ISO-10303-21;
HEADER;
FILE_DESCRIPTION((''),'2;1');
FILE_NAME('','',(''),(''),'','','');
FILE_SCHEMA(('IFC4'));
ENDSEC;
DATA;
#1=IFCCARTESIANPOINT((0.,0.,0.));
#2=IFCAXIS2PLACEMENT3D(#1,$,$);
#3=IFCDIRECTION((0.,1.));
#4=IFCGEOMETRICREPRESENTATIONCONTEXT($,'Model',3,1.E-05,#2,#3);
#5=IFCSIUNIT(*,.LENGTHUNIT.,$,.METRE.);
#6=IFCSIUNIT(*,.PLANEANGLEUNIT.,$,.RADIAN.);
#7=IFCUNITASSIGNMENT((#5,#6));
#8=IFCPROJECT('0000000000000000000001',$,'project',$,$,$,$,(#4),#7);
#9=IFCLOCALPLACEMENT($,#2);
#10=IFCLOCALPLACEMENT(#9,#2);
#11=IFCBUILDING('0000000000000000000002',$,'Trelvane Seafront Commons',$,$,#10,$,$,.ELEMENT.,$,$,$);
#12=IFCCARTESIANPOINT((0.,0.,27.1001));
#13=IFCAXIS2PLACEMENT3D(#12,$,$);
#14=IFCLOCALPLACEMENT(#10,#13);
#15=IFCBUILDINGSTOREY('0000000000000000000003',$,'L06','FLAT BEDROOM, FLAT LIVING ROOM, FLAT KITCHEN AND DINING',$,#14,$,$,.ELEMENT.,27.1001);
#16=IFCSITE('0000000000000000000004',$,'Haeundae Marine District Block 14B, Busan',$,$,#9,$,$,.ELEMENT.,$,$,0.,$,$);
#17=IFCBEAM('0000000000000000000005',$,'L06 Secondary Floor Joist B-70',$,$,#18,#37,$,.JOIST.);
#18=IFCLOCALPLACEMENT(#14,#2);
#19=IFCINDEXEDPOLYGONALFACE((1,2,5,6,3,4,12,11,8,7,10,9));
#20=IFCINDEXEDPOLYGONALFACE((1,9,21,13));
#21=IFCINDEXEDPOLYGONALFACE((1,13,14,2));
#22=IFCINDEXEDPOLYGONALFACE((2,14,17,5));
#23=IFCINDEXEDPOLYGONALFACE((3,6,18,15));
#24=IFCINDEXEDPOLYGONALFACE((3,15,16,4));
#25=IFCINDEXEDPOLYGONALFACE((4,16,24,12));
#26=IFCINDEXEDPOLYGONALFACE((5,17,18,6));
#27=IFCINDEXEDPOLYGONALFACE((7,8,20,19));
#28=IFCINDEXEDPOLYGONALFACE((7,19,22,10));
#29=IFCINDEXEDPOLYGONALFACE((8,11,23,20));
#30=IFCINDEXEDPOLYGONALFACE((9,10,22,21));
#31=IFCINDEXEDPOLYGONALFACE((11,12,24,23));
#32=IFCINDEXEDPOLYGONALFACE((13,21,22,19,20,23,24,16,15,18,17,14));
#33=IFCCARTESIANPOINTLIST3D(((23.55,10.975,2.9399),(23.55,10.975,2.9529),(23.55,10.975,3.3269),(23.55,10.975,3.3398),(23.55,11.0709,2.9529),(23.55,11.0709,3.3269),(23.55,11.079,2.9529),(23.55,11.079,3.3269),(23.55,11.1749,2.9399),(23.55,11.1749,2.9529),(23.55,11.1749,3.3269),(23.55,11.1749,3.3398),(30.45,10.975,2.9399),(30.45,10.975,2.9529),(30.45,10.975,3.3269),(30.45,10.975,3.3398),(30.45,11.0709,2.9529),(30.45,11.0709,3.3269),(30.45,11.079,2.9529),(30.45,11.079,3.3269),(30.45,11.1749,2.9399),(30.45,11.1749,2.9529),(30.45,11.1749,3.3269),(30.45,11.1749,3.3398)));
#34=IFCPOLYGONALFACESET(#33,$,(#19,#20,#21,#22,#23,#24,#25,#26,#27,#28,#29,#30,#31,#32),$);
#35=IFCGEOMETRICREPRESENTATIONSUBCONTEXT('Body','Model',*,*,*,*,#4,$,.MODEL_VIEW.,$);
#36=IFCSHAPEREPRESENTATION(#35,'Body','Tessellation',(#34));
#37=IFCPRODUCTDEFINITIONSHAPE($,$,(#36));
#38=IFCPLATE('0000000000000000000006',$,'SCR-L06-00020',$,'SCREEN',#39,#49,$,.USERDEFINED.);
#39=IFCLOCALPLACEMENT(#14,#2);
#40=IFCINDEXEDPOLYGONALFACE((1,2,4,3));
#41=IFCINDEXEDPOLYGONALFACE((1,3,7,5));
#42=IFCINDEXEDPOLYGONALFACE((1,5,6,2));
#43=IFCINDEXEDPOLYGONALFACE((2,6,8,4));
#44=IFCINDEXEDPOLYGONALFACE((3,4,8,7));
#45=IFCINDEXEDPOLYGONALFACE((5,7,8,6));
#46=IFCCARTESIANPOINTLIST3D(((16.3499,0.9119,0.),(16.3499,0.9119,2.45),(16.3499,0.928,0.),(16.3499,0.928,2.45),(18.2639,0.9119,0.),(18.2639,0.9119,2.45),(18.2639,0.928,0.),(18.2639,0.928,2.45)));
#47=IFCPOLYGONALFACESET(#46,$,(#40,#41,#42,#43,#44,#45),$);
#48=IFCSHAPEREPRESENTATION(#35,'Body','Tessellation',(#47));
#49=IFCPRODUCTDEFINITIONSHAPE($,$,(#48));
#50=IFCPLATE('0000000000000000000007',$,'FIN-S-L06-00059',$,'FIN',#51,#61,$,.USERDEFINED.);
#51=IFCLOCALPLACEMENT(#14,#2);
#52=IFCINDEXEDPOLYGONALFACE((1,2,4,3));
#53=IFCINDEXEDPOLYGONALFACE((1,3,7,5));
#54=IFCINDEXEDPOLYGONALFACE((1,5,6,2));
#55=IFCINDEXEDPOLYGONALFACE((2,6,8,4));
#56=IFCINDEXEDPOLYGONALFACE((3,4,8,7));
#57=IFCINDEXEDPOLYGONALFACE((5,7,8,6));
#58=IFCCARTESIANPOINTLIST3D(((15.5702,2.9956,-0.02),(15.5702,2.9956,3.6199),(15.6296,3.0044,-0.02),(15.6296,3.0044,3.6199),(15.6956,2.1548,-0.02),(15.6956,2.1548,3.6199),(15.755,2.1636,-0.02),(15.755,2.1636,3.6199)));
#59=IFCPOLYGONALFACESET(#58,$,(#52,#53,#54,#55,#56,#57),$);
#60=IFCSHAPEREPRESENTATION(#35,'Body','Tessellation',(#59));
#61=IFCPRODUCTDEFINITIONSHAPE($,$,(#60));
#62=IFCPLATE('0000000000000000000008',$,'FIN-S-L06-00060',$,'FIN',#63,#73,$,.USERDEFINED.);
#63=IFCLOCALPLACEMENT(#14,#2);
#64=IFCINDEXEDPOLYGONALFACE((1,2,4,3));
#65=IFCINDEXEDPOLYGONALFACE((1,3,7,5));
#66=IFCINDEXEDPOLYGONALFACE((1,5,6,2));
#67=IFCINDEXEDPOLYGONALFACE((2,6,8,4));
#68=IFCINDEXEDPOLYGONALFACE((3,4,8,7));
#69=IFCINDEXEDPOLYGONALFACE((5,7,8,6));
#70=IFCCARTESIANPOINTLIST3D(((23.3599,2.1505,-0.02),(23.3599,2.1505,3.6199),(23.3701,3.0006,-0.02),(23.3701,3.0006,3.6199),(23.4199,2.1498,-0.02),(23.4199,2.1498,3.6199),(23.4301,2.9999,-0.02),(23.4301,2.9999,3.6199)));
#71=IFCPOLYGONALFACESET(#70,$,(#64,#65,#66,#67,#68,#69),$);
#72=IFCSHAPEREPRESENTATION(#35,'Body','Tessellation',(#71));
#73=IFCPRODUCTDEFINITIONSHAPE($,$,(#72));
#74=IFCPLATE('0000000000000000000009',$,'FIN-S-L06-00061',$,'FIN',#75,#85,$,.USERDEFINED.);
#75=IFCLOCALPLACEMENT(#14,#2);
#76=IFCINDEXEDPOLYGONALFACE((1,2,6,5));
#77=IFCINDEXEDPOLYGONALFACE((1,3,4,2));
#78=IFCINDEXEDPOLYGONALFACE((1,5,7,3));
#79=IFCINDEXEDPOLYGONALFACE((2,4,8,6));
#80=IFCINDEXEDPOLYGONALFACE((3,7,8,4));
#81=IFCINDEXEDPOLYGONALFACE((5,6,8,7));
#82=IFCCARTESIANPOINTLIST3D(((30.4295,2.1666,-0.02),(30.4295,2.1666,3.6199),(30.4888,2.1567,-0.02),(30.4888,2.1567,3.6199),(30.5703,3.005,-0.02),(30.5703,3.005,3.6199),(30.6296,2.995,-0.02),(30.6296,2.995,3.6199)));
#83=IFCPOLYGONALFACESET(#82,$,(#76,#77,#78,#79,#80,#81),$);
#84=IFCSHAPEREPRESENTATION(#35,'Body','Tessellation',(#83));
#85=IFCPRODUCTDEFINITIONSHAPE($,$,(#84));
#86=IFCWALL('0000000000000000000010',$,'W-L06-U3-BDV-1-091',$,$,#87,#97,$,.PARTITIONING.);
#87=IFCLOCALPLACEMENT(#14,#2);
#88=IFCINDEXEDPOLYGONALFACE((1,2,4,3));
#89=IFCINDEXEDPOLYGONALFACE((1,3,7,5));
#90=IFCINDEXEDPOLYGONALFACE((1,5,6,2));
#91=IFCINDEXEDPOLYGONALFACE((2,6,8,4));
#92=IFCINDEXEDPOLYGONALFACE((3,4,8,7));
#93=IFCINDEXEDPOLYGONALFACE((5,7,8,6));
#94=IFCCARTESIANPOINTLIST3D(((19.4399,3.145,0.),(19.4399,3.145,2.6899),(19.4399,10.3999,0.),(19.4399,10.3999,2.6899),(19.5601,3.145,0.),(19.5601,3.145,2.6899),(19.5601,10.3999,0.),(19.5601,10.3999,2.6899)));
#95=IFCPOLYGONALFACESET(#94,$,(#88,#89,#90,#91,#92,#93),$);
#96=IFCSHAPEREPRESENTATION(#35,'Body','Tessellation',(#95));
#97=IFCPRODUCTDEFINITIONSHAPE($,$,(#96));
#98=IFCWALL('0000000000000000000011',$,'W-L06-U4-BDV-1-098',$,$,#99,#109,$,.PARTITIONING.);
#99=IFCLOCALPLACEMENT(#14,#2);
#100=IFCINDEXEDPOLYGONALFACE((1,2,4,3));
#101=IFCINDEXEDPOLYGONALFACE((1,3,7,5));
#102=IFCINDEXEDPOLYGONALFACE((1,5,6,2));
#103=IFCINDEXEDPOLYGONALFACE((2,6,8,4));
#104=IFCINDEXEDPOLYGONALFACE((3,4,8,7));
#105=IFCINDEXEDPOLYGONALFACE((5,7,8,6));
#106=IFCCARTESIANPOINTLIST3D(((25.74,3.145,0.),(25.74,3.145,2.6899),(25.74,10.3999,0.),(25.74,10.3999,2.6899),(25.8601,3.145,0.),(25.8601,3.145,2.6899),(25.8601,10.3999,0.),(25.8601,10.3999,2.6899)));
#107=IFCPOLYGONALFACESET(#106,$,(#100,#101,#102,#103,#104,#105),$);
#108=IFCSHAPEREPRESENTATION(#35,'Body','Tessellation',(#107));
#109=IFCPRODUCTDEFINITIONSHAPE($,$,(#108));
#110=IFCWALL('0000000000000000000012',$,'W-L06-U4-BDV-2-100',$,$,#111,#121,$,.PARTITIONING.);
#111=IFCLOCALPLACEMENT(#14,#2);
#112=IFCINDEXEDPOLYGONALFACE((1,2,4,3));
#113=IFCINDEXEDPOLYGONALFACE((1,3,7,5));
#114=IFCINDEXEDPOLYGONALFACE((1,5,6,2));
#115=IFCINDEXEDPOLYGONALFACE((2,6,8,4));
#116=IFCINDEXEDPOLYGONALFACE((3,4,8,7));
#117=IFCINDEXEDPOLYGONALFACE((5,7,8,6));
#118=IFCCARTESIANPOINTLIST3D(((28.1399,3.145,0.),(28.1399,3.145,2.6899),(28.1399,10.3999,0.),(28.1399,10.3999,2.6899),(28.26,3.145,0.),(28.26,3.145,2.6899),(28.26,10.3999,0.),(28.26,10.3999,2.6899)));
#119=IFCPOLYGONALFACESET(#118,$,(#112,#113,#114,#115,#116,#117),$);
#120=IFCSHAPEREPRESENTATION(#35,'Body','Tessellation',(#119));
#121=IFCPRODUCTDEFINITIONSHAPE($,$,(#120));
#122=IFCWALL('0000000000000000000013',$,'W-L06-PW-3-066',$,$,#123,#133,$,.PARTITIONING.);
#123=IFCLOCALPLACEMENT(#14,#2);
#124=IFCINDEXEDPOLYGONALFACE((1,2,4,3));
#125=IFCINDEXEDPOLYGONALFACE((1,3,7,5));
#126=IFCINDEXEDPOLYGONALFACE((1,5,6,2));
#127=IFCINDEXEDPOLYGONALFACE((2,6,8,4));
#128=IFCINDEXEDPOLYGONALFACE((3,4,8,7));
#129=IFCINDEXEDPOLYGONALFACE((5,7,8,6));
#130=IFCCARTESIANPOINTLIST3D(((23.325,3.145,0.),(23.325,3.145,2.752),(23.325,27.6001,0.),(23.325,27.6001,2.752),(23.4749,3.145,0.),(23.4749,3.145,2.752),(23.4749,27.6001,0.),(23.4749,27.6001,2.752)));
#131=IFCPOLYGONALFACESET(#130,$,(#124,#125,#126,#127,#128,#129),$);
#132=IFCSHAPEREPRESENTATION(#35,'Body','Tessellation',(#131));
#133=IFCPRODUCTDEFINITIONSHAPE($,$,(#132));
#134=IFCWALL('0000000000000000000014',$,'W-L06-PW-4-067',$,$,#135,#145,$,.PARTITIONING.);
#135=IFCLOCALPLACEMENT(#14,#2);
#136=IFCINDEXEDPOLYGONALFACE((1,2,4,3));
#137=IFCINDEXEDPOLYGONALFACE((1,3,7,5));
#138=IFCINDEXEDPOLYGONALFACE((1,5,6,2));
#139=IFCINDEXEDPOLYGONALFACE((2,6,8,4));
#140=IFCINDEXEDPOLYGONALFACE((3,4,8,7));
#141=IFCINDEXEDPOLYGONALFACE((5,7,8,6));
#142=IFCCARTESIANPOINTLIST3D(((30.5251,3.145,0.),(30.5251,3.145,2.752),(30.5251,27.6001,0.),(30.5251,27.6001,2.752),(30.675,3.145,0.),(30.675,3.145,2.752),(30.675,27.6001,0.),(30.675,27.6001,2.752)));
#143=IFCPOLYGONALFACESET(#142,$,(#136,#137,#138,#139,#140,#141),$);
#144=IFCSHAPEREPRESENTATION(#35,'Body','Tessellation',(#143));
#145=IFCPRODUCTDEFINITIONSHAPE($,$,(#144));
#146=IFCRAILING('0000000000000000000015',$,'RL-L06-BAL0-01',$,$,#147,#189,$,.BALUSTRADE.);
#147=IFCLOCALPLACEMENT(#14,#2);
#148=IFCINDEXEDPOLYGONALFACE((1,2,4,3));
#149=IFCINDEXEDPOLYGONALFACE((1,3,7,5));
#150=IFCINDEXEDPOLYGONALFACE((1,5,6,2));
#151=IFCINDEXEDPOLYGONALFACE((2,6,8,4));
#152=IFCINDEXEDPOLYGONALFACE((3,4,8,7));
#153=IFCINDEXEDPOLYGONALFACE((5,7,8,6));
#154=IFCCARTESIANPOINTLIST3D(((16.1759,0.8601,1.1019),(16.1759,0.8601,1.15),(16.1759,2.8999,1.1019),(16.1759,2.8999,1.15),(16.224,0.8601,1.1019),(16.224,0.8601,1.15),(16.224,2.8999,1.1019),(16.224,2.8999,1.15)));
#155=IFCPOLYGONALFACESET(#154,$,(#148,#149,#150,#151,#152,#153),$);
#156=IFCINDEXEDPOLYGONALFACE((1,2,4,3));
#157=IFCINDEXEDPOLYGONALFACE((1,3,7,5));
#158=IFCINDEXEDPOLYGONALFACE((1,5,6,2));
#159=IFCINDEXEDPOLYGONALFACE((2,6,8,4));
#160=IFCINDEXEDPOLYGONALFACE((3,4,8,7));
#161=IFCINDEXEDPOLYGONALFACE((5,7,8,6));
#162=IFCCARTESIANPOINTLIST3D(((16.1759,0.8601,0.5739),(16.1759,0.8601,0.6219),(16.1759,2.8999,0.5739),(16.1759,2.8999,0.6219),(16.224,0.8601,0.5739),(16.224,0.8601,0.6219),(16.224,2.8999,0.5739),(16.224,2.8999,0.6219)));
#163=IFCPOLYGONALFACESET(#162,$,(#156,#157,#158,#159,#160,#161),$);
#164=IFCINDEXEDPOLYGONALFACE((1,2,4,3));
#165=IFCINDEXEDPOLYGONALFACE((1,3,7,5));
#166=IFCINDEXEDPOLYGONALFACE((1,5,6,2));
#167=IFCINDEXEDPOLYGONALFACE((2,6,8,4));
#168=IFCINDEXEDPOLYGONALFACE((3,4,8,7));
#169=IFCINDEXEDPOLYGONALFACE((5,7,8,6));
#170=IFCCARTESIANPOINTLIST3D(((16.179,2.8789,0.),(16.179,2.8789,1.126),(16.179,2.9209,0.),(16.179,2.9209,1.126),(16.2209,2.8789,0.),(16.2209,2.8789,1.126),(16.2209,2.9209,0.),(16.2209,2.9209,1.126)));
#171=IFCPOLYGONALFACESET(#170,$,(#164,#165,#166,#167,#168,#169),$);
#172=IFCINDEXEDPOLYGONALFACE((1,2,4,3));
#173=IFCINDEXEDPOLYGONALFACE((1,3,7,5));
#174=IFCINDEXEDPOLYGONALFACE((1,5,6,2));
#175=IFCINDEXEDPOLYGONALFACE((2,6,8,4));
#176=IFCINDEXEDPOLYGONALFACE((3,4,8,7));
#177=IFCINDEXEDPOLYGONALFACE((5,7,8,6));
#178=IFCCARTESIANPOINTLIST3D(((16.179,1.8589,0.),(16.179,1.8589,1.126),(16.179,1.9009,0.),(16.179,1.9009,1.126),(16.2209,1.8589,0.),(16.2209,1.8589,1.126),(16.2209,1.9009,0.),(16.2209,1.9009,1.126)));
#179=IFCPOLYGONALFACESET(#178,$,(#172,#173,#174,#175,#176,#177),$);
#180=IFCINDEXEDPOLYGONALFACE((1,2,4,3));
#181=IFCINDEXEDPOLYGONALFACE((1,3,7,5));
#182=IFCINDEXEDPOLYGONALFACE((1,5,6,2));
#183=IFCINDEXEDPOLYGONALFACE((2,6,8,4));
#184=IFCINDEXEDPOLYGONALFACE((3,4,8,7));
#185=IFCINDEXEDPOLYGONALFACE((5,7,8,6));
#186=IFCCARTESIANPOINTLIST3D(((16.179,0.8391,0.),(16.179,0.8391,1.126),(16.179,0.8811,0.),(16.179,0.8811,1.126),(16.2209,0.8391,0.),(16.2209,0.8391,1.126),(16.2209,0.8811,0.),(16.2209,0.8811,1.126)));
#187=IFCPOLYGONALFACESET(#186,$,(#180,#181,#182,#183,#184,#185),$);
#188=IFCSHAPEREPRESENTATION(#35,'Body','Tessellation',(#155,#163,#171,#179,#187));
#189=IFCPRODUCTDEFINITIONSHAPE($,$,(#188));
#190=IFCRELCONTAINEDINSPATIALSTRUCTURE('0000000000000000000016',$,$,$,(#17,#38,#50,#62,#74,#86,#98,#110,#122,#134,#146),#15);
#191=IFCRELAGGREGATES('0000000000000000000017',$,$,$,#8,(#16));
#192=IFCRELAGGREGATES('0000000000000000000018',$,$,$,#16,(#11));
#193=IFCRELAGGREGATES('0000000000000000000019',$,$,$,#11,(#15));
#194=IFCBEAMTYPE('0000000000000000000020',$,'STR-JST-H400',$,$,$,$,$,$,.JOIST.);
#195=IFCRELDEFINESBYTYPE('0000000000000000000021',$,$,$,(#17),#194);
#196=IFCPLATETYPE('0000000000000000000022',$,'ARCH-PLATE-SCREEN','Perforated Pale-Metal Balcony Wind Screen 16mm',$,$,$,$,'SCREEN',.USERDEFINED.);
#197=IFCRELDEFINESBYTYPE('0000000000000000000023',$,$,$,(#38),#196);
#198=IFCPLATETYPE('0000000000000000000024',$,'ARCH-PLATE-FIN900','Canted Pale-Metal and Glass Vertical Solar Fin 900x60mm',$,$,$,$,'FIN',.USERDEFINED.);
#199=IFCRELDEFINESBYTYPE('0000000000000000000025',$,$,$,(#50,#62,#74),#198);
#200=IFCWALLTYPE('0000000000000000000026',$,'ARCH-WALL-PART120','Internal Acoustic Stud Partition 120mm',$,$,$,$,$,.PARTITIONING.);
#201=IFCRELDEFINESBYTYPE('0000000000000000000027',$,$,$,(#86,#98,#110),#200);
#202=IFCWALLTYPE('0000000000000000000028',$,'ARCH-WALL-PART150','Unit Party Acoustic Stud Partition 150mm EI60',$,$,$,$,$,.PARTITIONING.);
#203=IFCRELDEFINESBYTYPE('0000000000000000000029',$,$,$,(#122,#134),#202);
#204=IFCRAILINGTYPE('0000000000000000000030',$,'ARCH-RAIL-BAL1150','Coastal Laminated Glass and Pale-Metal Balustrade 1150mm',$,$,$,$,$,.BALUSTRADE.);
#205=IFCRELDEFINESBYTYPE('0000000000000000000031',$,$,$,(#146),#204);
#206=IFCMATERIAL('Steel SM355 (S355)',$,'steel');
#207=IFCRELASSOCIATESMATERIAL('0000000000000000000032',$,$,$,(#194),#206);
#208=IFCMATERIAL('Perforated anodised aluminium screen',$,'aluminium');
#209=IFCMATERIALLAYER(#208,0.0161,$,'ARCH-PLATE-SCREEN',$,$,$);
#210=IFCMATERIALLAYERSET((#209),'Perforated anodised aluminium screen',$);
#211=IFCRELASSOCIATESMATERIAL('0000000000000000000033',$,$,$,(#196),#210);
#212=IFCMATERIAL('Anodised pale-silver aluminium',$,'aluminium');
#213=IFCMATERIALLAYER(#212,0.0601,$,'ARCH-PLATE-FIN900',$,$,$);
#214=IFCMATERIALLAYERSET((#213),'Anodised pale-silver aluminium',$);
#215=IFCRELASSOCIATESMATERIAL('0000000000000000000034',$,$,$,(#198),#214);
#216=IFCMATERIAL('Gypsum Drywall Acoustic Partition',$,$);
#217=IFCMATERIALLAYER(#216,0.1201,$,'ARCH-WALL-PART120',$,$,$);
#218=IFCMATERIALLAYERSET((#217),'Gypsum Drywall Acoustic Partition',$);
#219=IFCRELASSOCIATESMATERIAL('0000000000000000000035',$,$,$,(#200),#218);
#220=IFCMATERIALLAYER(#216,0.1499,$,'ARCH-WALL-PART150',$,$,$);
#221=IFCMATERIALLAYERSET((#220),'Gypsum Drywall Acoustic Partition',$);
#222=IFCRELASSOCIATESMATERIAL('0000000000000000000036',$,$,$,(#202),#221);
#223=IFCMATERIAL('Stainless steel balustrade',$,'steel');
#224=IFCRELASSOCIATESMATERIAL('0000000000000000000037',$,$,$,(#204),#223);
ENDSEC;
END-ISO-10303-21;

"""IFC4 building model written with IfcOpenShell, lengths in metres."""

from ifc_helpers import new_model, si_unit, direction, frame, frame_2d, origin, origin_2d, place, context, subcontext, project, spatial, rectangle, i_section, extrude, source, transform, mapped, material, layer, layer_set, material_profile, profile_set, type_object, element, save


model = new_model("IFC4")

# Units and contexts
model_context = context("Model", 3, precision=1e-05, world=origin(), true_north=direction((0.0, 1.0)))
body_context = subcontext(model_context, "Body", "Model", "MODEL_VIEW")
ifc_project = project(units=[si_unit("LENGTHUNIT", "METRE"), si_unit("PLANEANGLEUNIT", "RADIAN")], contexts=[model_context])

# Site, building, storey
site_placement = place(None, origin())
site = spatial("IfcSite", under=ifc_project, at=site_placement, Name="Haeundae Marine District Block 14B, Busan", CompositionType="ELEMENT", RefElevation=0.0)
building_placement = place(site_placement, origin())
building = spatial("IfcBuilding", under=site, at=building_placement, Name="Trelvane Seafront Commons", CompositionType="ELEMENT")
storey_placement = place(building_placement, frame((0.0, 0.0, 27.1001)))
storey = spatial("IfcBuildingStorey", under=building, at=storey_placement, Name="L06", Description="FLAT BEDROOM, FLAT LIVING ROOM, FLAT KITCHEN AND DINING", CompositionType="ELEMENT", Elevation=27.1001)

# Shared definitions
ifc_material_1 = material(Name="Steel SM355 (S355)", Category="steel")

# Beam
ifc_material_profile_1 = material_profile(ifc_material_1, i_section(OverallWidth=0.2, OverallDepth=0.3999, WebThickness=0.0081, FlangeThickness=0.0129, at=origin_2d()), Name="H-400x200x8x13")
ifc_profile_set_1 = profile_set([ifc_material_profile_1], Name="Steel SM355 (S355)")
beam_type_1 = type_object("IfcBeamType", Name="STR-JST-H400", PredefinedType="JOIST", material=ifc_profile_set_1)
shared_shape_1 = source(origin(), body_context, "Body", "SweptSolid", [
    extrude(i_section(OverallWidth=0.2, OverallDepth=0.3999, WebThickness=0.0081, FlangeThickness=0.0129, at=origin_2d()), origin(), (0.0, 0.0, 1.0), 6.8999),
])
beam_1_placement = place(storey_placement, frame((23.55, 11.075, 3.1399), z_axis=(1.0, 0.0, 0.0), x_axis=(0.0, 1.0, 0.0)))
element("IfcBeam", 1, at=beam_1_placement, inside=storey, type_object=beam_type_1, Name="L06 Secondary Floor Joist B-70", PredefinedType="JOIST", context=body_context, shape_type="MappedRepresentation", body=[
    mapped(shared_shape_1, transform((0.0, 0.0, 0.0), x_axis=(1.0, 0.0, 0.0), y_axis=(0.0, 1.0, 0.0), z_axis=(0.0, 0.0, 1.0), scale=1.0)),
])

# Plates
ifc_material_2 = material(Name="Perforated anodised aluminium screen", Category="aluminium")
ifc_layer_1 = layer(ifc_material_2, 0.0161, Name="ARCH-PLATE-SCREEN")
ifc_layer_set_1 = layer_set([ifc_layer_1], Name="Perforated anodised aluminium screen")
plate_type_1 = type_object("IfcPlateType", Name="ARCH-PLATE-SCREEN", Description="Perforated Pale-Metal Balcony Wind Screen 16mm", ElementType="SCREEN", PredefinedType="USERDEFINED", material=ifc_layer_set_1)
shared_shape_2 = source(origin(), body_context, "Body", "SweptSolid", [
    extrude(rectangle(XDim=1.9141, YDim=0.0161, at=origin_2d()), origin(), (0.0, 0.0, 1.0), 2.45),
])
plate_placement = place(storey_placement, frame((17.3069, 0.9199, 0.0), z_axis=(0.0, 0.0, 1.0), x_axis=(1.0, 0.0, 0.0)))
element("IfcPlate", 2, at=plate_placement, inside=storey, type_object=plate_type_1, Name="SCR-L06-00020", ObjectType="SCREEN", PredefinedType="USERDEFINED", context=body_context, shape_type="MappedRepresentation", body=[
    mapped(shared_shape_2, transform((0.0, 0.0, 0.0), x_axis=(1.0, 0.0, 0.0), y_axis=(0.0, 1.0, 0.0), z_axis=(0.0, 0.0, 1.0), scale=1.0)),
])
ifc_material_3 = material(Name="Anodised pale-silver aluminium", Category="aluminium")
ifc_layer_2 = layer(ifc_material_3, 0.0601, Name="ARCH-PLATE-FIN900")
ifc_layer_set_2 = layer_set([ifc_layer_2], Name="Anodised pale-silver aluminium")
plate_type_2 = type_object("IfcPlateType", Name="ARCH-PLATE-FIN900", Description="Canted Pale-Metal and Glass Vertical Solar Fin 900x60mm", ElementType="FIN", PredefinedType="USERDEFINED", material=ifc_layer_set_2)
shared_shape_3 = source(origin(), body_context, "Body", "SweptSolid", [
    extrude(rectangle(XDim=0.8501, YDim=0.0601, at=origin_2d()), origin(), (0.0, 0.0, 1.0), 3.6399),
])
for number, where, z_axis, x_axis, name in (
    (3, (15.6626, 2.5796, -0.02), (0.0, 0.0, 1.0), (0.14753, -0.989058, 0.0), "FIN-S-L06-00059"),
    (4, (23.395, 2.5752, -0.02), (0.0, 0.0, 1.0), (-0.012001, -0.999928, 0.0), "FIN-S-L06-00060"),
    (5, (30.5295, 2.5808, -0.02), (0.0, 0.0, 1.0), (-0.165638, -0.986187, 0.0), "FIN-S-L06-00061"),
):
    element("IfcPlate", number, at=place(storey_placement, frame(where, z_axis=z_axis, x_axis=x_axis)), inside=storey, type_object=plate_type_2, Name=name, ObjectType="FIN", PredefinedType="USERDEFINED", context=body_context, shape_type="MappedRepresentation", body=[
        mapped(shared_shape_3, transform((0.0, 0.0, 0.0), x_axis=(1.0, 0.0, 0.0), y_axis=(0.0, 1.0, 0.0), z_axis=(0.0, 0.0, 1.0), scale=1.0)),
    ])

# Shared definitions
ifc_material_4 = material(Name="Gypsum Drywall Acoustic Partition")
ifc_layer_3 = layer(ifc_material_4, 0.1201, Name="ARCH-WALL-PART120")
ifc_layer_set_3 = layer_set([ifc_layer_3], Name="Gypsum Drywall Acoustic Partition")
wall_type_1 = type_object("IfcWallType", Name="ARCH-WALL-PART120", Description="Internal Acoustic Stud Partition 120mm", PredefinedType="PARTITIONING", material=ifc_layer_set_3)

# Wall
wall_1_placement = place(storey_placement, frame((19.5, 3.145, 0.0), z_axis=(0.0, 0.0, 1.0), x_axis=(0.0, 1.0, 0.0)))
element("IfcWall", 6, at=wall_1_placement, inside=storey, type_object=wall_type_1, Name="W-L06-U3-BDV-1-091", PredefinedType="PARTITIONING", context=body_context, shape_type="SweptSolid", body=[
    extrude(rectangle(XDim=7.2549, YDim=0.1201, at=frame_2d((3.6274, 0.0))), origin(), (0.0, 0.0, 1.0), 2.6899),
])

# Wall
wall_2_placement = place(storey_placement, frame((25.8, 3.145, 0.0), z_axis=(0.0, 0.0, 1.0), x_axis=(0.0, 1.0, 0.0)))
element("IfcWall", 7, at=wall_2_placement, inside=storey, type_object=wall_type_1, Name="W-L06-U4-BDV-1-098", PredefinedType="PARTITIONING", context=body_context, shape_type="SweptSolid", body=[
    extrude(rectangle(XDim=7.2549, YDim=0.1201, at=frame_2d((3.6274, 0.0))), origin(), (0.0, 0.0, 1.0), 2.6899),
])

# Walls
wall_3_placement = place(storey_placement, frame((28.2, 3.145, 0.0), z_axis=(0.0, 0.0, 1.0), x_axis=(0.0, 1.0, 0.0)))
element("IfcWall", 8, at=wall_3_placement, inside=storey, type_object=wall_type_1, Name="W-L06-U4-BDV-2-100", PredefinedType="PARTITIONING", context=body_context, shape_type="SweptSolid", body=[
    extrude(rectangle(XDim=7.2549, YDim=0.1201, at=frame_2d((3.6274, 0.0))), origin(), (0.0, 0.0, 1.0), 2.6899),
])
ifc_layer_4 = layer(ifc_material_4, 0.1499, Name="ARCH-WALL-PART150")
ifc_layer_set_4 = layer_set([ifc_layer_4], Name="Gypsum Drywall Acoustic Partition")
wall_type_2 = type_object("IfcWallType", Name="ARCH-WALL-PART150", Description="Unit Party Acoustic Stud Partition 150mm EI60", PredefinedType="PARTITIONING", material=ifc_layer_set_4)
for number, where, z_axis, x_axis, name in (
    (9, (23.3999, 3.145, 0.0), (0.0, 0.0, 1.0), (0.0, 1.0, 0.0), "W-L06-PW-3-066"),
    (10, (30.6001, 3.145, 0.0), (0.0, 0.0, 1.0), (0.0, 1.0, 0.0), "W-L06-PW-4-067"),
):
    element("IfcWall", number, at=place(storey_placement, frame(where, z_axis=z_axis, x_axis=x_axis)), inside=storey, type_object=wall_type_2, Name=name, PredefinedType="PARTITIONING", context=body_context, shape_type="SweptSolid", body=[
        extrude(rectangle(XDim=24.4551, YDim=0.1499, at=frame_2d((12.2275, 0.0))), origin(), (0.0, 0.0, 1.0), 2.752),
    ])

# Railing
ifc_material_5 = material(Name="Stainless steel balustrade", Category="steel")
railing_type = type_object("IfcRailingType", Name="ARCH-RAIL-BAL1150", Description="Coastal Laminated Glass and Pale-Metal Balustrade 1150mm", PredefinedType="BALUSTRADE", material=ifc_material_5)
railing_1_placement = place(storey_placement, frame((16.2, 2.8999, 0.0)))
element("IfcRailing", 11, at=railing_1_placement, inside=storey, type_object=railing_type, Name="RL-L06-BAL0-01", PredefinedType="BALUSTRADE", context=body_context, shape_type="SweptSolid", body=[
    extrude(rectangle(XDim=0.0481, YDim=0.0481, at=origin_2d()), frame((0.0, 0.0, 1.126), z_axis=(0.0, -1.0, 0.0), x_axis=(1.0, 0.0, 0.0)), (0.0, 0.0, 1.0), 2.0398),
    extrude(rectangle(XDim=0.0481, YDim=0.0481, at=origin_2d()), frame((0.0, 0.0, 0.5979), z_axis=(0.0, -1.0, 0.0), x_axis=(1.0, 0.0, 0.0)), (0.0, 0.0, 1.0), 2.0398),
    extrude(rectangle(XDim=0.042, YDim=0.042, at=origin_2d()), origin(), (0.0, 0.0, 1.0), 1.126),
    extrude(rectangle(XDim=0.042, YDim=0.042, at=origin_2d()), frame((0.0, -1.02, 0.0)), (0.0, 0.0, 1.0), 1.126),
    extrude(rectangle(XDim=0.042, YDim=0.042, at=origin_2d()), frame((0.0, -2.0398, 0.0)), (0.0, 0.0, 1.0), 1.126),
])

save(model, "model.ifc")
